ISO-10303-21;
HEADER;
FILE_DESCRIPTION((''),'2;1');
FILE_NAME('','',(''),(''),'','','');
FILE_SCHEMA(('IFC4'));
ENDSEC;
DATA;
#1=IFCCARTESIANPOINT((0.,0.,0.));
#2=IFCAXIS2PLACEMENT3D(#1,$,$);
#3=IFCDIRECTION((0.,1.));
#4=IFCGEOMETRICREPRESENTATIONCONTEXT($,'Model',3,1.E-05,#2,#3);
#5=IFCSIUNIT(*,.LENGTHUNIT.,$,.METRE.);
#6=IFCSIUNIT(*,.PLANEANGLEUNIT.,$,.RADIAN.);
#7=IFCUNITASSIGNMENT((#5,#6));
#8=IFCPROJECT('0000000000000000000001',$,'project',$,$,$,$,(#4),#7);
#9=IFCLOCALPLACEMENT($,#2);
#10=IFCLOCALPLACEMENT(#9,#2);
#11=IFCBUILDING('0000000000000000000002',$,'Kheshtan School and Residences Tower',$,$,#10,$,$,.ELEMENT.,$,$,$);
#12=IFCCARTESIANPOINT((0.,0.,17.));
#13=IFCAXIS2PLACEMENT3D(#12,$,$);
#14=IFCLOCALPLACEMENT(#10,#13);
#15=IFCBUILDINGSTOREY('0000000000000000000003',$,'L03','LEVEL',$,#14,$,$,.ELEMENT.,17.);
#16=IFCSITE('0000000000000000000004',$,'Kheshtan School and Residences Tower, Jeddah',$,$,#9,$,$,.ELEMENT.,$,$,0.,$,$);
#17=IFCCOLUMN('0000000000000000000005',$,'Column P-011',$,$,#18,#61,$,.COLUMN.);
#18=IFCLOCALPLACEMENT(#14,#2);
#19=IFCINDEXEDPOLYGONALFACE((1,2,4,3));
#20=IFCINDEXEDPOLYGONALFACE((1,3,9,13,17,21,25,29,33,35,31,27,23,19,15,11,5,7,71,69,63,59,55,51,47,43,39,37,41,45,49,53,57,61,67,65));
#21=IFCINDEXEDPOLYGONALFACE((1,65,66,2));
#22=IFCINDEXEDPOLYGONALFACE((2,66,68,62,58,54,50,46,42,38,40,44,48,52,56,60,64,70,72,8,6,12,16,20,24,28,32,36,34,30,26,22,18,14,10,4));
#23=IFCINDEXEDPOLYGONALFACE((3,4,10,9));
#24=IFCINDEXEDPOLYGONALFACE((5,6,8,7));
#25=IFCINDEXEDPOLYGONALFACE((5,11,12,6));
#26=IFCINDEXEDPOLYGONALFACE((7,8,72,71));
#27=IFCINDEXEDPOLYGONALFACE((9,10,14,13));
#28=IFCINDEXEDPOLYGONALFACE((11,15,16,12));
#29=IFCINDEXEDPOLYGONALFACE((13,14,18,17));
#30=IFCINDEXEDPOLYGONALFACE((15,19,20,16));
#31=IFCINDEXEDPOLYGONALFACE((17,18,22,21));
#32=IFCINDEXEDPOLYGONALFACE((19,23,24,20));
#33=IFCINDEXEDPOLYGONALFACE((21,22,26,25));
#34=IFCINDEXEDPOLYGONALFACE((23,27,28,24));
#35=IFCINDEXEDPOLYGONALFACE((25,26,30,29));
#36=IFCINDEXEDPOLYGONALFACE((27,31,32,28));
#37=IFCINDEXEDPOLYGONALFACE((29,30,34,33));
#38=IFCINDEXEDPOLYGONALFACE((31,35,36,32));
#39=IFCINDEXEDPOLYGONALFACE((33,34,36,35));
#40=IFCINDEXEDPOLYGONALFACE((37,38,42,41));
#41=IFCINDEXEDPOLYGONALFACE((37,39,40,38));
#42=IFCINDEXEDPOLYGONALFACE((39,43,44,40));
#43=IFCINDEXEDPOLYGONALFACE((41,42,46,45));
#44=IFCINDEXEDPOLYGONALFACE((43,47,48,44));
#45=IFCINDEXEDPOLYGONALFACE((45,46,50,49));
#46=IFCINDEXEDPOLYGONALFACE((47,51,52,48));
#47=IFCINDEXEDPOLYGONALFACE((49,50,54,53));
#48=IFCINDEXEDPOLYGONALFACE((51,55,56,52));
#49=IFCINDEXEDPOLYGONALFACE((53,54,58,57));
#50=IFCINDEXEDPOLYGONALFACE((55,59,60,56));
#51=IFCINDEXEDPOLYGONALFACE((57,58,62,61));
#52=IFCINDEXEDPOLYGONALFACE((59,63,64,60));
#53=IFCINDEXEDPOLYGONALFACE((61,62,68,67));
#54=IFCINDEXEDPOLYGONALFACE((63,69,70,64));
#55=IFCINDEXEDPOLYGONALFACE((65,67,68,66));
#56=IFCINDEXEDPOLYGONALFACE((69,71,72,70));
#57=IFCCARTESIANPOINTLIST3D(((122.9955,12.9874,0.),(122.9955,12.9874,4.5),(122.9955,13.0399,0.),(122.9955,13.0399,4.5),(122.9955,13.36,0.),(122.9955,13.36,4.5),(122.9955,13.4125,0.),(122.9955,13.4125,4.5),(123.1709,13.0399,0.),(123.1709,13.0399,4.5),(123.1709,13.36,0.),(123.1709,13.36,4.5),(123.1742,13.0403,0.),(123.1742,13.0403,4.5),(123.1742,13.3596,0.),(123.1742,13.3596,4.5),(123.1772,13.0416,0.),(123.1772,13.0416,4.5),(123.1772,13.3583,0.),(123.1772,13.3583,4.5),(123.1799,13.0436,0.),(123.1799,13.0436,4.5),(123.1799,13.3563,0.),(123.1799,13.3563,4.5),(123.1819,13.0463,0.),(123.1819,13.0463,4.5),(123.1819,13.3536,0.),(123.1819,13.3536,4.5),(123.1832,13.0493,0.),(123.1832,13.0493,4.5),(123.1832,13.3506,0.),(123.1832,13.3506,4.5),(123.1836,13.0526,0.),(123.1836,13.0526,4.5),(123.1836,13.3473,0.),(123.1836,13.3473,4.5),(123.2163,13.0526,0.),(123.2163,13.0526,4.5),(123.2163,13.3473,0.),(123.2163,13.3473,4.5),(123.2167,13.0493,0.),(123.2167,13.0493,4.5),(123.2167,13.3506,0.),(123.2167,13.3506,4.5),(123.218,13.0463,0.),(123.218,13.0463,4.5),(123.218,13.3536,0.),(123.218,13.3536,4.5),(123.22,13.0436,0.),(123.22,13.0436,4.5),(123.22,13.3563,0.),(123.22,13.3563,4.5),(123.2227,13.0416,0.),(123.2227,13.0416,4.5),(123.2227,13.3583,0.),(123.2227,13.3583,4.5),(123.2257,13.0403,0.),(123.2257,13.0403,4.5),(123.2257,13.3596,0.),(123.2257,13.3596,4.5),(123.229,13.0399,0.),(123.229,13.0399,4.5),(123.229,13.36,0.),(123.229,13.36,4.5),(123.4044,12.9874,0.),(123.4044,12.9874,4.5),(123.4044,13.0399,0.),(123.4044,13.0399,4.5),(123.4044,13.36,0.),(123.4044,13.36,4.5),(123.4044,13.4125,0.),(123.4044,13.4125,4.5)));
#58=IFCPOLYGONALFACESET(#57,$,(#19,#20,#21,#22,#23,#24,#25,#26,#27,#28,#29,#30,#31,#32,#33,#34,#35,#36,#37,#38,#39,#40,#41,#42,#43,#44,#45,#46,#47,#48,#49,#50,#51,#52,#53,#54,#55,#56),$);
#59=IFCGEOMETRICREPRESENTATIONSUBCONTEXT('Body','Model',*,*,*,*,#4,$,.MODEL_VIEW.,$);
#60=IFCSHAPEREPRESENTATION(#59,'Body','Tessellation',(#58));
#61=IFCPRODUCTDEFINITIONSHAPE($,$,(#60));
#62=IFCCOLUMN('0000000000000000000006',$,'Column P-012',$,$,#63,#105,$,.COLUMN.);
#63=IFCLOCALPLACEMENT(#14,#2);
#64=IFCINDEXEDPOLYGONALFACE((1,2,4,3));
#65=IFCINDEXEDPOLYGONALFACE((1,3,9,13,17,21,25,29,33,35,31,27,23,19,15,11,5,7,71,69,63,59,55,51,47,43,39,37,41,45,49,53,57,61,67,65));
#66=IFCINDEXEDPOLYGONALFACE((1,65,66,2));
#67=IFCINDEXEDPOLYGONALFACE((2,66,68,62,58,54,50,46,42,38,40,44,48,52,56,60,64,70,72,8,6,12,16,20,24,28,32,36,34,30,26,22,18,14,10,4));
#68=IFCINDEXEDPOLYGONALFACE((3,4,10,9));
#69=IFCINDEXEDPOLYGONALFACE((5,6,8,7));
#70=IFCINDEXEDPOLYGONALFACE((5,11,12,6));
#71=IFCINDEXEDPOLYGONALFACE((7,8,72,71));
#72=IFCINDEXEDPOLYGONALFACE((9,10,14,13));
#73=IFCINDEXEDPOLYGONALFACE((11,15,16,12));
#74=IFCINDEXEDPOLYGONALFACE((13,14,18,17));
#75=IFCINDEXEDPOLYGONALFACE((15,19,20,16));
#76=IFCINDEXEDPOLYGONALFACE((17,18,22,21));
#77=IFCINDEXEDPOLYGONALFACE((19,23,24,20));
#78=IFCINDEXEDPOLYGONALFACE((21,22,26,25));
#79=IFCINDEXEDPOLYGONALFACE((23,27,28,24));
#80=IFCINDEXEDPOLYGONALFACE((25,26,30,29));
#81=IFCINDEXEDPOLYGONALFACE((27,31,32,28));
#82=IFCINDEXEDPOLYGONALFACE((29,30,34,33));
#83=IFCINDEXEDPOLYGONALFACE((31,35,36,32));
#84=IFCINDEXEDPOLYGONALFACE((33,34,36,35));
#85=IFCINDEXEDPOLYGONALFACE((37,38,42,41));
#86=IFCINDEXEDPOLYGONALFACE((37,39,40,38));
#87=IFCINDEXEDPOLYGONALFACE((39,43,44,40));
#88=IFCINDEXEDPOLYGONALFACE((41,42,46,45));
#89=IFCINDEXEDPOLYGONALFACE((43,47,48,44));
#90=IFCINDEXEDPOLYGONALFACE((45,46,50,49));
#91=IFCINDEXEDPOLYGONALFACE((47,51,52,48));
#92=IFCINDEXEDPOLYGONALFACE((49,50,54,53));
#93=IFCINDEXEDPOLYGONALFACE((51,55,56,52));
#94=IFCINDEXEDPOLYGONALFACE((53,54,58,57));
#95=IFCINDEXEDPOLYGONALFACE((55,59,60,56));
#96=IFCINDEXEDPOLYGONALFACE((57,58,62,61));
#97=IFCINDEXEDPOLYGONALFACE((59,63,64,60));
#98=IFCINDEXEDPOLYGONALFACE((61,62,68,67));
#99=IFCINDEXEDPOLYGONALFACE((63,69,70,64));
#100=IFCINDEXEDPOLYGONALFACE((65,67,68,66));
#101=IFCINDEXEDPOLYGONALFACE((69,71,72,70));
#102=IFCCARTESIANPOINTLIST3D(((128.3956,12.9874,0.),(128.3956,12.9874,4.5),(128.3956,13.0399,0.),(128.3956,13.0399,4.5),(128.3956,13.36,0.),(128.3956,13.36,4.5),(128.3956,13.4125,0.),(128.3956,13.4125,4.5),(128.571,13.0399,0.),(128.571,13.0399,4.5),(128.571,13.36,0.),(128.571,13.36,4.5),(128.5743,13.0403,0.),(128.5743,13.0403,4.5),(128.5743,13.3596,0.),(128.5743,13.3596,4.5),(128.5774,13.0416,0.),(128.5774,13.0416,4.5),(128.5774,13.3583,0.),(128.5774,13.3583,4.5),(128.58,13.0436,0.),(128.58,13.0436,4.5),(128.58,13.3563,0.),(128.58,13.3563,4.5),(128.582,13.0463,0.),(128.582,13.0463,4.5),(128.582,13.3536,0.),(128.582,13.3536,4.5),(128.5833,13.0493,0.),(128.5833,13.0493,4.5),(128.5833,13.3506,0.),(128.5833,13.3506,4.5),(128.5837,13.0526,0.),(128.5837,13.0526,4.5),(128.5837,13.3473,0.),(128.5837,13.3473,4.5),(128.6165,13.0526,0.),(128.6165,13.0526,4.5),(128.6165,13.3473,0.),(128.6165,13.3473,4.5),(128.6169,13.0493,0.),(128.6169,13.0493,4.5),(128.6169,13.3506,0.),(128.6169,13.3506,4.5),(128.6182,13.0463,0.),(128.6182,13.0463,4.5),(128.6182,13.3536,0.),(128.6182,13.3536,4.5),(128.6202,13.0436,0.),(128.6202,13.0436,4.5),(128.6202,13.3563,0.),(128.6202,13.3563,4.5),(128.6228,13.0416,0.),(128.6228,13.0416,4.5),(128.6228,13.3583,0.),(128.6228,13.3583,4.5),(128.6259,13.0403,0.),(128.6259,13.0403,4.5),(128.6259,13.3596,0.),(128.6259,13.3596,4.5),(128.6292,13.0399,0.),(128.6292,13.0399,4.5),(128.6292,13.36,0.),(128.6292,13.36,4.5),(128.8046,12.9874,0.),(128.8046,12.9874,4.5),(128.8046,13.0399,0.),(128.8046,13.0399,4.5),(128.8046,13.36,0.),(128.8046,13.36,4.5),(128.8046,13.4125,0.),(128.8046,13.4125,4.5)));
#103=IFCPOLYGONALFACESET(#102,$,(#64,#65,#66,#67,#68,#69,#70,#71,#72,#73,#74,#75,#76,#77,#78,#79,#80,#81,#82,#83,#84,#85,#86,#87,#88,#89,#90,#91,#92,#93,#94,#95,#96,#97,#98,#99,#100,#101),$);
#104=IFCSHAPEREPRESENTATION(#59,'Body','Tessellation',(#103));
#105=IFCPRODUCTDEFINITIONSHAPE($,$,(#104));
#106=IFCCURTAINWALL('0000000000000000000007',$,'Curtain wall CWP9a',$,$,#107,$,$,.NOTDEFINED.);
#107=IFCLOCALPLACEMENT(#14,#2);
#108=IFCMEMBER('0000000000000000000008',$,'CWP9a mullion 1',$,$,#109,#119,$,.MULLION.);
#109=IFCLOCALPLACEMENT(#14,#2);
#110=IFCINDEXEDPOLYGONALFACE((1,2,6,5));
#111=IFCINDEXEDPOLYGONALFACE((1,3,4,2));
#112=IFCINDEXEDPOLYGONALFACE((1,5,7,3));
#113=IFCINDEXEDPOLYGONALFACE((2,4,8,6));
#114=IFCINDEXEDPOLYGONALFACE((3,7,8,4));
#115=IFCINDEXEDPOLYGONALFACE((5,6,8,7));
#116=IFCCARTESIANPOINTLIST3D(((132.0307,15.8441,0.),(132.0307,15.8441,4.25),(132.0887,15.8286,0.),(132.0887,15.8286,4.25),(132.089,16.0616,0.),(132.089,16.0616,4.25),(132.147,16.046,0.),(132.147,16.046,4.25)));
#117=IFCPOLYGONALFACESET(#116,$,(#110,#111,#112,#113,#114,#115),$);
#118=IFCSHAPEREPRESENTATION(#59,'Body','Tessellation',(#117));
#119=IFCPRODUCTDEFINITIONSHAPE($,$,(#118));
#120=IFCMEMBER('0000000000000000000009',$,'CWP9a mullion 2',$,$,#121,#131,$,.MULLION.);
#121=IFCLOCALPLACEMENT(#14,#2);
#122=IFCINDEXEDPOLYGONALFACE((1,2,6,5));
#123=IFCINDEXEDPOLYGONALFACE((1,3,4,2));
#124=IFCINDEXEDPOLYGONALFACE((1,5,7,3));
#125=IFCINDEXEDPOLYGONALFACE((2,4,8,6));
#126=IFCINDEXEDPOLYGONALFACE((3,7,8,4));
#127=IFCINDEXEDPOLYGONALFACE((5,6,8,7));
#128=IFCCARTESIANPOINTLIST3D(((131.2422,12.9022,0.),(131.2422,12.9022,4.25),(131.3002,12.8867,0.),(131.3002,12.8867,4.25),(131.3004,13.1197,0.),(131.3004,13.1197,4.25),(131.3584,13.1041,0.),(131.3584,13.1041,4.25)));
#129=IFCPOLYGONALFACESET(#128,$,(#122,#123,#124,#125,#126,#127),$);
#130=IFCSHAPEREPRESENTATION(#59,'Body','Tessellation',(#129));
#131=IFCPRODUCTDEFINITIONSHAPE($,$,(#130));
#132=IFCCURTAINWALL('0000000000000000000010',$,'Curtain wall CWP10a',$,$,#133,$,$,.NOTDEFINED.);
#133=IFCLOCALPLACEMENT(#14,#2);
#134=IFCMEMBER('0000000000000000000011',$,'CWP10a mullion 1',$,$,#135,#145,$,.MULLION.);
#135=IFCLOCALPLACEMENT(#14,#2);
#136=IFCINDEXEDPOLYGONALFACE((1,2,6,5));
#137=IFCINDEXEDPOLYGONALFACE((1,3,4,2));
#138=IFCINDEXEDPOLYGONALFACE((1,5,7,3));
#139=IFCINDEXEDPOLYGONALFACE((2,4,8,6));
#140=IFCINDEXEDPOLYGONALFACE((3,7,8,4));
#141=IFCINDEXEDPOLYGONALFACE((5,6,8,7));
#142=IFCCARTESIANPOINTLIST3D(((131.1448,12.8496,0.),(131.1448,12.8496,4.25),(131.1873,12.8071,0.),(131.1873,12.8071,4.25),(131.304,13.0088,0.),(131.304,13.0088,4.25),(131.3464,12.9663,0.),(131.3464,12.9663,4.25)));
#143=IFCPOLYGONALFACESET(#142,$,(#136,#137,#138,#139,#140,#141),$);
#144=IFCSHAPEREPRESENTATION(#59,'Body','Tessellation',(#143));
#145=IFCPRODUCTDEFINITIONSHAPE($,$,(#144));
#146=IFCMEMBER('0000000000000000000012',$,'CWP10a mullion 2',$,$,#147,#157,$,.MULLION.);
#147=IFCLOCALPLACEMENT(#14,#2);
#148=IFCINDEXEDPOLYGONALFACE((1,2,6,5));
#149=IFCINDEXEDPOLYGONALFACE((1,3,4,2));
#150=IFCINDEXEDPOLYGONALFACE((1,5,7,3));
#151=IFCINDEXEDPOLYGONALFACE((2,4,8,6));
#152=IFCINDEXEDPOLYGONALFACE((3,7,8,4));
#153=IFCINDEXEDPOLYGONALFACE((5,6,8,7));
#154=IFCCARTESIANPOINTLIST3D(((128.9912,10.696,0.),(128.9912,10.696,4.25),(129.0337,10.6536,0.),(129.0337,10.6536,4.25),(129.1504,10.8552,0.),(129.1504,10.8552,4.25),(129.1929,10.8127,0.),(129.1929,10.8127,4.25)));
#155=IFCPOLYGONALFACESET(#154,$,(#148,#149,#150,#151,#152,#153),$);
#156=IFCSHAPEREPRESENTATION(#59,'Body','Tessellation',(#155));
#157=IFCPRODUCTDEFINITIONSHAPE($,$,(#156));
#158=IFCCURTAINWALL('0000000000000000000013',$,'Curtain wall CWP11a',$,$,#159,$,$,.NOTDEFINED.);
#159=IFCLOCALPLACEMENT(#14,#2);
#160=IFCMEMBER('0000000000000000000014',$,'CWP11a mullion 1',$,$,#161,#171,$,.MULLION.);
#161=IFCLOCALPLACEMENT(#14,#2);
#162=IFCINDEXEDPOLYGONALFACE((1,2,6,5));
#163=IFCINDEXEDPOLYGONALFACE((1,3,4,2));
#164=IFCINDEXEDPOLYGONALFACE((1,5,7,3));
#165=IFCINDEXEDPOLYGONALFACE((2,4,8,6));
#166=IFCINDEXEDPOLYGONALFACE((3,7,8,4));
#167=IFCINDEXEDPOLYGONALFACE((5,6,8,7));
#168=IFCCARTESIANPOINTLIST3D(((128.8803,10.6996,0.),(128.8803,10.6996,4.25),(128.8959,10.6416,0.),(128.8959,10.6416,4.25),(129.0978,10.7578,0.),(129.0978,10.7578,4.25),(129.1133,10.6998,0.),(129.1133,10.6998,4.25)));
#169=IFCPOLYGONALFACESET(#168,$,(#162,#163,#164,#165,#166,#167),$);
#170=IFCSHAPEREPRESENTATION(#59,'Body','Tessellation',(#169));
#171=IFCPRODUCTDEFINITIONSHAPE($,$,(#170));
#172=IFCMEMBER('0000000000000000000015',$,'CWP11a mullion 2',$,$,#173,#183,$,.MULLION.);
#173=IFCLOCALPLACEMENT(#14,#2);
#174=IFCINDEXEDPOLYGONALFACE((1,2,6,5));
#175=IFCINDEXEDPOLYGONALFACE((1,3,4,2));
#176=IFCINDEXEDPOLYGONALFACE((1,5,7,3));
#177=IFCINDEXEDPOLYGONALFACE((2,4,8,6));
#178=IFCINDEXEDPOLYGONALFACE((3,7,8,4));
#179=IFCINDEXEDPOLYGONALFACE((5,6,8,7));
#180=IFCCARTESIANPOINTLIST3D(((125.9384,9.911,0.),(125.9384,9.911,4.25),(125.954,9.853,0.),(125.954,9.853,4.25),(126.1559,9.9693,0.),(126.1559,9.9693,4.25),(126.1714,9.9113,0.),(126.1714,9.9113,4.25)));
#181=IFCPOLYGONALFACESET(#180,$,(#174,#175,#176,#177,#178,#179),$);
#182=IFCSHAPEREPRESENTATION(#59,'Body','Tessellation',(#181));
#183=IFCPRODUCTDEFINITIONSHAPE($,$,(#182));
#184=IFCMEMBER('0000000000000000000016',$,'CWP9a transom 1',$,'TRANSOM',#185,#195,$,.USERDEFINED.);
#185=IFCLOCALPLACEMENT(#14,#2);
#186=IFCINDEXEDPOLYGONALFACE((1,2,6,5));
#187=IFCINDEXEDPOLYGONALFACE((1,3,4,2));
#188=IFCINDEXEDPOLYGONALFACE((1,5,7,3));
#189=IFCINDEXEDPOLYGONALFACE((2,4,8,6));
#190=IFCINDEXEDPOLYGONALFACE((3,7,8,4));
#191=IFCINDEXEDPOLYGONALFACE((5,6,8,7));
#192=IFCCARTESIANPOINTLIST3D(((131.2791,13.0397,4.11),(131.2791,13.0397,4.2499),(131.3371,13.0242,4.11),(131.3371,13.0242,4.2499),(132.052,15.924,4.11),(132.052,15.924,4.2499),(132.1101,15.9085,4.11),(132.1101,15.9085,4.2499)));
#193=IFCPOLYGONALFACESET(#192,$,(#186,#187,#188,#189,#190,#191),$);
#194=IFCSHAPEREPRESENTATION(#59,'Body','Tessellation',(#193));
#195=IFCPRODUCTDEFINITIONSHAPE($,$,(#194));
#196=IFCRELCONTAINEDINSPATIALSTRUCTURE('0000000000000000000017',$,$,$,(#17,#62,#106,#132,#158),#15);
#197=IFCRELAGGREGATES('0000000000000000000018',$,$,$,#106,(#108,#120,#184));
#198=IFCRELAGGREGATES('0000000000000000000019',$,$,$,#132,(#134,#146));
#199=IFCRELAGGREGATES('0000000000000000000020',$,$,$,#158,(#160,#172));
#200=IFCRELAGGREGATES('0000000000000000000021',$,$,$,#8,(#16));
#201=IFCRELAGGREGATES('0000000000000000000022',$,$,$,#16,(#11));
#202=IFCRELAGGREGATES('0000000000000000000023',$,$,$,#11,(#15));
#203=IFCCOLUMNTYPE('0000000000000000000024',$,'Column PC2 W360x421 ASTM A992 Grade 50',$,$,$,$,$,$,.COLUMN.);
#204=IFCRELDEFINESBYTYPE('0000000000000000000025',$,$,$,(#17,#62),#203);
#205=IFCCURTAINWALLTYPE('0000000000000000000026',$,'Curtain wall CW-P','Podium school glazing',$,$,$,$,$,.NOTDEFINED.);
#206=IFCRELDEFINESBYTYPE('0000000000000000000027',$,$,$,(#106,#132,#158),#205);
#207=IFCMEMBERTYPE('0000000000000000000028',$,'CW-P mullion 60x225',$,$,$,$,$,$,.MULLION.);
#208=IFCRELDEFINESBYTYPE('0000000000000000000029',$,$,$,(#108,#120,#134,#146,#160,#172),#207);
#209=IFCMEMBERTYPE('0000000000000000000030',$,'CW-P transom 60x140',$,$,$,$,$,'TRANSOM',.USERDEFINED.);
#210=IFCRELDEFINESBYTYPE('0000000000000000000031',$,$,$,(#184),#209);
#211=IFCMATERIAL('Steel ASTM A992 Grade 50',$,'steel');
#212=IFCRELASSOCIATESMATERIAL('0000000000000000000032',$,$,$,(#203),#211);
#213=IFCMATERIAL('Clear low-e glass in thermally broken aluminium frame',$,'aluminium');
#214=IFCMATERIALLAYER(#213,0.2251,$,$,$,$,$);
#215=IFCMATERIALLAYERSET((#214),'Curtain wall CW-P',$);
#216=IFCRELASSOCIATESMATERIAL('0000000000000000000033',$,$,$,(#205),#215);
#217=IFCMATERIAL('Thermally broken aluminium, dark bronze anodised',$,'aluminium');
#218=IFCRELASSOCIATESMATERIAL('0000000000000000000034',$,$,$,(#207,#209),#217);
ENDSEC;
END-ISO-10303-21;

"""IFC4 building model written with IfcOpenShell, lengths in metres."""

from ifc_helpers import new_model, si_unit, direction, frame, origin, origin_2d, place, context, subcontext, project, spatial, rectangle, i_section, extrude, material, layer, layer_set, material_profile, profile_set, type_object, element, aggregate, save


model = new_model("IFC4")

# Units and contexts
model_context = context("Model", 3, precision=1e-05, world=origin(), true_north=direction((0.0, 1.0)))
body_context = subcontext(model_context, "Body", "Model", "MODEL_VIEW")
ifc_project = project(units=[si_unit("LENGTHUNIT", "METRE"), si_unit("PLANEANGLEUNIT", "RADIAN")], contexts=[model_context])

# Site, building, storey
site_placement = place(None, origin())
site = spatial("IfcSite", under=ifc_project, at=site_placement, Name="Kheshtan School and Residences Tower, Jeddah", CompositionType="ELEMENT", RefElevation=0.0)
building_placement = place(site_placement, origin())
building = spatial("IfcBuilding", under=site, at=building_placement, Name="Kheshtan School and Residences Tower", CompositionType="ELEMENT")
storey_placement = place(building_placement, frame((0.0, 0.0, 17.0)))
storey = spatial("IfcBuildingStorey", under=building, at=storey_placement, Name="L03", Description="LEVEL", CompositionType="ELEMENT", Elevation=17.0)

# Columns
ifc_material_1 = material(Name="Steel ASTM A992 Grade 50", Category="steel")
ifc_material_profile_1 = material_profile(ifc_material_1, i_section(OverallWidth=0.4089, OverallDepth=0.425, WebThickness=0.0327, FlangeThickness=0.0525, FilletRadius=0.0127, at=origin_2d()), Name="W360x421")
ifc_profile_set_1 = profile_set([ifc_material_profile_1], Name="Steel ASTM A992 Grade 50")
column_type = type_object("IfcColumnType", Name="Column PC2 W360x421 ASTM A992 Grade 50", PredefinedType="COLUMN", material=ifc_profile_set_1)
for number, where, z_axis, x_axis, name in (
    (1, (123.2, 13.2, 0.0), (0.0, 0.0, 1.0), (1.0, 0.0, 0.0), "Column P-011"),
    (2, (128.6001, 13.2, 0.0), (0.0, 0.0, 1.0), (1.0, 0.0, 0.0), "Column P-012"),
):
    element("IfcColumn", number, at=place(storey_placement, frame(where, z_axis=z_axis, x_axis=x_axis)), inside=storey, type_object=column_type, Name=name, PredefinedType="COLUMN", context=body_context, shape_type="SweptSolid", body=[
        extrude(i_section(OverallWidth=0.4089, OverallDepth=0.425, WebThickness=0.0327, FlangeThickness=0.0525, FilletRadius=0.0127, at=origin_2d()), origin(), (0.0, 0.0, 1.0), 4.5),
    ])

# Curtain walls, members
ifc_material_2 = material(Name="Clear low-e glass in thermally broken aluminium frame", Category="aluminium")
ifc_layer_1 = layer(ifc_material_2, 0.2251)
ifc_layer_set_1 = layer_set([ifc_layer_1], Name="Curtain wall CW-P")
curtain_wall_type = type_object("IfcCurtainWallType", Name="Curtain wall CW-P", Description="Podium school glazing", PredefinedType="NOTDEFINED", material=ifc_layer_set_1)
curtain_wall_1_placement = place(storey_placement, origin())
curtain_wall_1 = element("IfcCurtainWall", 3, at=curtain_wall_1_placement, inside=storey, type_object=curtain_wall_type, Name="Curtain wall CWP9a", PredefinedType="NOTDEFINED")
ifc_material_3 = material(Name="Thermally broken aluminium, dark bronze anodised", Category="aluminium")
ifc_material_profile_2 = material_profile(ifc_material_3, rectangle(XDim=0.0601, YDim=0.2251, at=origin_2d()), Name="CW-P mullion 60x225")
ifc_profile_set_2 = profile_set([ifc_material_profile_2], Name="Thermally broken aluminium, dark bronze anodised")
member_type_1 = type_object("IfcMemberType", Name="CW-P mullion 60x225", PredefinedType="MULLION", material=ifc_profile_set_2)
member_1_placement = place(storey_placement, frame((132.0889, 15.9451, 0.0), z_axis=(0.0, 0.0, 1.0), x_axis=(0.965914, -0.258865, 0.0)))
member_1 = element("IfcMember", 4, at=member_1_placement, type_object=member_type_1, Name="CWP9a mullion 1", PredefinedType="MULLION", context=body_context, shape_type="SweptSolid", body=[
    extrude(rectangle(XDim=0.0601, YDim=0.2251, at=origin_2d()), origin(), (0.0, 0.0, 1.0), 4.25),
])
member_2_placement = place(storey_placement, frame((131.3003, 13.0032, 0.0), z_axis=(0.0, 0.0, 1.0), x_axis=(0.965914, -0.258865, 0.0)))
member_2 = element("IfcMember", 5, at=member_2_placement, type_object=member_type_1, Name="CWP9a mullion 2", PredefinedType="MULLION", context=body_context, shape_type="SweptSolid", body=[
    extrude(rectangle(XDim=0.0601, YDim=0.2251, at=origin_2d()), origin(), (0.0, 0.0, 1.0), 4.25),
])
curtain_wall_2_placement = place(storey_placement, origin())
curtain_wall_2 = element("IfcCurtainWall", 6, at=curtain_wall_2_placement, inside=storey, type_object=curtain_wall_type, Name="Curtain wall CWP10a", PredefinedType="NOTDEFINED")
member_3_placement = place(storey_placement, frame((131.2456, 12.908, 0.0), z_axis=(0.0, 0.0, 1.0), x_axis=(0.707107, -0.707107, 0.0)))
member_3 = element("IfcMember", 7, at=member_3_placement, type_object=member_type_1, Name="CWP10a mullion 1", PredefinedType="MULLION", context=body_context, shape_type="SweptSolid", body=[
    extrude(rectangle(XDim=0.0601, YDim=0.2251, at=origin_2d()), origin(), (0.0, 0.0, 1.0), 4.25),
])
member_4_placement = place(storey_placement, frame((129.092, 10.7544, 0.0), z_axis=(0.0, 0.0, 1.0), x_axis=(0.707107, -0.707107, 0.0)))
member_4 = element("IfcMember", 8, at=member_4_placement, type_object=member_type_1, Name="CWP10a mullion 2", PredefinedType="MULLION", context=body_context, shape_type="SweptSolid", body=[
    extrude(rectangle(XDim=0.0601, YDim=0.2251, at=origin_2d()), origin(), (0.0, 0.0, 1.0), 4.25),
])
curtain_wall_3_placement = place(storey_placement, origin())
curtain_wall_3 = element("IfcCurtainWall", 9, at=curtain_wall_3_placement, inside=storey, type_object=curtain_wall_type, Name="Curtain wall CWP11a", PredefinedType="NOTDEFINED")
member_5_placement = place(storey_placement, frame((128.9968, 10.6997, 0.0), z_axis=(0.0, 0.0, 1.0), x_axis=(0.258865, -0.965914, 0.0)))
member_5 = element("IfcMember", 10, at=member_5_placement, type_object=member_type_1, Name="CWP11a mullion 1", PredefinedType="MULLION", context=body_context, shape_type="SweptSolid", body=[
    extrude(rectangle(XDim=0.0601, YDim=0.2251, at=origin_2d()), origin(), (0.0, 0.0, 1.0), 4.25),
])
member_6_placement = place(storey_placement, frame((126.0549, 9.9111, 0.0), z_axis=(0.0, 0.0, 1.0), x_axis=(0.258865, -0.965914, 0.0)))
member_6 = element("IfcMember", 11, at=member_6_placement, type_object=member_type_1, Name="CWP11a mullion 2", PredefinedType="MULLION", context=body_context, shape_type="SweptSolid", body=[
    extrude(rectangle(XDim=0.0601, YDim=0.2251, at=origin_2d()), origin(), (0.0, 0.0, 1.0), 4.25),
])

# Member
ifc_material_profile_3 = material_profile(ifc_material_3, rectangle(XDim=0.0601, YDim=0.1399, at=origin_2d()), Name="CW-P transom 60x140")
ifc_profile_set_3 = profile_set([ifc_material_profile_3], Name="Thermally broken aluminium, dark bronze anodised")
member_type_2 = type_object("IfcMemberType", Name="CW-P transom 60x140", ElementType="TRANSOM", PredefinedType="USERDEFINED", material=ifc_profile_set_3)
member_7_placement = place(storey_placement, frame((132.0811, 15.9163, 4.1799), z_axis=(-0.258853, -0.965917, 0.0), x_axis=(0.965917, -0.258853, 0.0)))
member_7 = element("IfcMember", 12, at=member_7_placement, type_object=member_type_2, Name="CWP9a transom 1", ObjectType="TRANSOM", PredefinedType="USERDEFINED", context=body_context, shape_type="SweptSolid", body=[
    extrude(rectangle(XDim=0.0601, YDim=0.1399, at=origin_2d()), origin(), (0.0, 0.0, 1.0), 2.9861),
])

aggregate(curtain_wall_1, [member_1, member_2, member_7])
aggregate(curtain_wall_2, [member_3, member_4])
aggregate(curtain_wall_3, [member_5, member_6])

save(model, "model.ifc")
